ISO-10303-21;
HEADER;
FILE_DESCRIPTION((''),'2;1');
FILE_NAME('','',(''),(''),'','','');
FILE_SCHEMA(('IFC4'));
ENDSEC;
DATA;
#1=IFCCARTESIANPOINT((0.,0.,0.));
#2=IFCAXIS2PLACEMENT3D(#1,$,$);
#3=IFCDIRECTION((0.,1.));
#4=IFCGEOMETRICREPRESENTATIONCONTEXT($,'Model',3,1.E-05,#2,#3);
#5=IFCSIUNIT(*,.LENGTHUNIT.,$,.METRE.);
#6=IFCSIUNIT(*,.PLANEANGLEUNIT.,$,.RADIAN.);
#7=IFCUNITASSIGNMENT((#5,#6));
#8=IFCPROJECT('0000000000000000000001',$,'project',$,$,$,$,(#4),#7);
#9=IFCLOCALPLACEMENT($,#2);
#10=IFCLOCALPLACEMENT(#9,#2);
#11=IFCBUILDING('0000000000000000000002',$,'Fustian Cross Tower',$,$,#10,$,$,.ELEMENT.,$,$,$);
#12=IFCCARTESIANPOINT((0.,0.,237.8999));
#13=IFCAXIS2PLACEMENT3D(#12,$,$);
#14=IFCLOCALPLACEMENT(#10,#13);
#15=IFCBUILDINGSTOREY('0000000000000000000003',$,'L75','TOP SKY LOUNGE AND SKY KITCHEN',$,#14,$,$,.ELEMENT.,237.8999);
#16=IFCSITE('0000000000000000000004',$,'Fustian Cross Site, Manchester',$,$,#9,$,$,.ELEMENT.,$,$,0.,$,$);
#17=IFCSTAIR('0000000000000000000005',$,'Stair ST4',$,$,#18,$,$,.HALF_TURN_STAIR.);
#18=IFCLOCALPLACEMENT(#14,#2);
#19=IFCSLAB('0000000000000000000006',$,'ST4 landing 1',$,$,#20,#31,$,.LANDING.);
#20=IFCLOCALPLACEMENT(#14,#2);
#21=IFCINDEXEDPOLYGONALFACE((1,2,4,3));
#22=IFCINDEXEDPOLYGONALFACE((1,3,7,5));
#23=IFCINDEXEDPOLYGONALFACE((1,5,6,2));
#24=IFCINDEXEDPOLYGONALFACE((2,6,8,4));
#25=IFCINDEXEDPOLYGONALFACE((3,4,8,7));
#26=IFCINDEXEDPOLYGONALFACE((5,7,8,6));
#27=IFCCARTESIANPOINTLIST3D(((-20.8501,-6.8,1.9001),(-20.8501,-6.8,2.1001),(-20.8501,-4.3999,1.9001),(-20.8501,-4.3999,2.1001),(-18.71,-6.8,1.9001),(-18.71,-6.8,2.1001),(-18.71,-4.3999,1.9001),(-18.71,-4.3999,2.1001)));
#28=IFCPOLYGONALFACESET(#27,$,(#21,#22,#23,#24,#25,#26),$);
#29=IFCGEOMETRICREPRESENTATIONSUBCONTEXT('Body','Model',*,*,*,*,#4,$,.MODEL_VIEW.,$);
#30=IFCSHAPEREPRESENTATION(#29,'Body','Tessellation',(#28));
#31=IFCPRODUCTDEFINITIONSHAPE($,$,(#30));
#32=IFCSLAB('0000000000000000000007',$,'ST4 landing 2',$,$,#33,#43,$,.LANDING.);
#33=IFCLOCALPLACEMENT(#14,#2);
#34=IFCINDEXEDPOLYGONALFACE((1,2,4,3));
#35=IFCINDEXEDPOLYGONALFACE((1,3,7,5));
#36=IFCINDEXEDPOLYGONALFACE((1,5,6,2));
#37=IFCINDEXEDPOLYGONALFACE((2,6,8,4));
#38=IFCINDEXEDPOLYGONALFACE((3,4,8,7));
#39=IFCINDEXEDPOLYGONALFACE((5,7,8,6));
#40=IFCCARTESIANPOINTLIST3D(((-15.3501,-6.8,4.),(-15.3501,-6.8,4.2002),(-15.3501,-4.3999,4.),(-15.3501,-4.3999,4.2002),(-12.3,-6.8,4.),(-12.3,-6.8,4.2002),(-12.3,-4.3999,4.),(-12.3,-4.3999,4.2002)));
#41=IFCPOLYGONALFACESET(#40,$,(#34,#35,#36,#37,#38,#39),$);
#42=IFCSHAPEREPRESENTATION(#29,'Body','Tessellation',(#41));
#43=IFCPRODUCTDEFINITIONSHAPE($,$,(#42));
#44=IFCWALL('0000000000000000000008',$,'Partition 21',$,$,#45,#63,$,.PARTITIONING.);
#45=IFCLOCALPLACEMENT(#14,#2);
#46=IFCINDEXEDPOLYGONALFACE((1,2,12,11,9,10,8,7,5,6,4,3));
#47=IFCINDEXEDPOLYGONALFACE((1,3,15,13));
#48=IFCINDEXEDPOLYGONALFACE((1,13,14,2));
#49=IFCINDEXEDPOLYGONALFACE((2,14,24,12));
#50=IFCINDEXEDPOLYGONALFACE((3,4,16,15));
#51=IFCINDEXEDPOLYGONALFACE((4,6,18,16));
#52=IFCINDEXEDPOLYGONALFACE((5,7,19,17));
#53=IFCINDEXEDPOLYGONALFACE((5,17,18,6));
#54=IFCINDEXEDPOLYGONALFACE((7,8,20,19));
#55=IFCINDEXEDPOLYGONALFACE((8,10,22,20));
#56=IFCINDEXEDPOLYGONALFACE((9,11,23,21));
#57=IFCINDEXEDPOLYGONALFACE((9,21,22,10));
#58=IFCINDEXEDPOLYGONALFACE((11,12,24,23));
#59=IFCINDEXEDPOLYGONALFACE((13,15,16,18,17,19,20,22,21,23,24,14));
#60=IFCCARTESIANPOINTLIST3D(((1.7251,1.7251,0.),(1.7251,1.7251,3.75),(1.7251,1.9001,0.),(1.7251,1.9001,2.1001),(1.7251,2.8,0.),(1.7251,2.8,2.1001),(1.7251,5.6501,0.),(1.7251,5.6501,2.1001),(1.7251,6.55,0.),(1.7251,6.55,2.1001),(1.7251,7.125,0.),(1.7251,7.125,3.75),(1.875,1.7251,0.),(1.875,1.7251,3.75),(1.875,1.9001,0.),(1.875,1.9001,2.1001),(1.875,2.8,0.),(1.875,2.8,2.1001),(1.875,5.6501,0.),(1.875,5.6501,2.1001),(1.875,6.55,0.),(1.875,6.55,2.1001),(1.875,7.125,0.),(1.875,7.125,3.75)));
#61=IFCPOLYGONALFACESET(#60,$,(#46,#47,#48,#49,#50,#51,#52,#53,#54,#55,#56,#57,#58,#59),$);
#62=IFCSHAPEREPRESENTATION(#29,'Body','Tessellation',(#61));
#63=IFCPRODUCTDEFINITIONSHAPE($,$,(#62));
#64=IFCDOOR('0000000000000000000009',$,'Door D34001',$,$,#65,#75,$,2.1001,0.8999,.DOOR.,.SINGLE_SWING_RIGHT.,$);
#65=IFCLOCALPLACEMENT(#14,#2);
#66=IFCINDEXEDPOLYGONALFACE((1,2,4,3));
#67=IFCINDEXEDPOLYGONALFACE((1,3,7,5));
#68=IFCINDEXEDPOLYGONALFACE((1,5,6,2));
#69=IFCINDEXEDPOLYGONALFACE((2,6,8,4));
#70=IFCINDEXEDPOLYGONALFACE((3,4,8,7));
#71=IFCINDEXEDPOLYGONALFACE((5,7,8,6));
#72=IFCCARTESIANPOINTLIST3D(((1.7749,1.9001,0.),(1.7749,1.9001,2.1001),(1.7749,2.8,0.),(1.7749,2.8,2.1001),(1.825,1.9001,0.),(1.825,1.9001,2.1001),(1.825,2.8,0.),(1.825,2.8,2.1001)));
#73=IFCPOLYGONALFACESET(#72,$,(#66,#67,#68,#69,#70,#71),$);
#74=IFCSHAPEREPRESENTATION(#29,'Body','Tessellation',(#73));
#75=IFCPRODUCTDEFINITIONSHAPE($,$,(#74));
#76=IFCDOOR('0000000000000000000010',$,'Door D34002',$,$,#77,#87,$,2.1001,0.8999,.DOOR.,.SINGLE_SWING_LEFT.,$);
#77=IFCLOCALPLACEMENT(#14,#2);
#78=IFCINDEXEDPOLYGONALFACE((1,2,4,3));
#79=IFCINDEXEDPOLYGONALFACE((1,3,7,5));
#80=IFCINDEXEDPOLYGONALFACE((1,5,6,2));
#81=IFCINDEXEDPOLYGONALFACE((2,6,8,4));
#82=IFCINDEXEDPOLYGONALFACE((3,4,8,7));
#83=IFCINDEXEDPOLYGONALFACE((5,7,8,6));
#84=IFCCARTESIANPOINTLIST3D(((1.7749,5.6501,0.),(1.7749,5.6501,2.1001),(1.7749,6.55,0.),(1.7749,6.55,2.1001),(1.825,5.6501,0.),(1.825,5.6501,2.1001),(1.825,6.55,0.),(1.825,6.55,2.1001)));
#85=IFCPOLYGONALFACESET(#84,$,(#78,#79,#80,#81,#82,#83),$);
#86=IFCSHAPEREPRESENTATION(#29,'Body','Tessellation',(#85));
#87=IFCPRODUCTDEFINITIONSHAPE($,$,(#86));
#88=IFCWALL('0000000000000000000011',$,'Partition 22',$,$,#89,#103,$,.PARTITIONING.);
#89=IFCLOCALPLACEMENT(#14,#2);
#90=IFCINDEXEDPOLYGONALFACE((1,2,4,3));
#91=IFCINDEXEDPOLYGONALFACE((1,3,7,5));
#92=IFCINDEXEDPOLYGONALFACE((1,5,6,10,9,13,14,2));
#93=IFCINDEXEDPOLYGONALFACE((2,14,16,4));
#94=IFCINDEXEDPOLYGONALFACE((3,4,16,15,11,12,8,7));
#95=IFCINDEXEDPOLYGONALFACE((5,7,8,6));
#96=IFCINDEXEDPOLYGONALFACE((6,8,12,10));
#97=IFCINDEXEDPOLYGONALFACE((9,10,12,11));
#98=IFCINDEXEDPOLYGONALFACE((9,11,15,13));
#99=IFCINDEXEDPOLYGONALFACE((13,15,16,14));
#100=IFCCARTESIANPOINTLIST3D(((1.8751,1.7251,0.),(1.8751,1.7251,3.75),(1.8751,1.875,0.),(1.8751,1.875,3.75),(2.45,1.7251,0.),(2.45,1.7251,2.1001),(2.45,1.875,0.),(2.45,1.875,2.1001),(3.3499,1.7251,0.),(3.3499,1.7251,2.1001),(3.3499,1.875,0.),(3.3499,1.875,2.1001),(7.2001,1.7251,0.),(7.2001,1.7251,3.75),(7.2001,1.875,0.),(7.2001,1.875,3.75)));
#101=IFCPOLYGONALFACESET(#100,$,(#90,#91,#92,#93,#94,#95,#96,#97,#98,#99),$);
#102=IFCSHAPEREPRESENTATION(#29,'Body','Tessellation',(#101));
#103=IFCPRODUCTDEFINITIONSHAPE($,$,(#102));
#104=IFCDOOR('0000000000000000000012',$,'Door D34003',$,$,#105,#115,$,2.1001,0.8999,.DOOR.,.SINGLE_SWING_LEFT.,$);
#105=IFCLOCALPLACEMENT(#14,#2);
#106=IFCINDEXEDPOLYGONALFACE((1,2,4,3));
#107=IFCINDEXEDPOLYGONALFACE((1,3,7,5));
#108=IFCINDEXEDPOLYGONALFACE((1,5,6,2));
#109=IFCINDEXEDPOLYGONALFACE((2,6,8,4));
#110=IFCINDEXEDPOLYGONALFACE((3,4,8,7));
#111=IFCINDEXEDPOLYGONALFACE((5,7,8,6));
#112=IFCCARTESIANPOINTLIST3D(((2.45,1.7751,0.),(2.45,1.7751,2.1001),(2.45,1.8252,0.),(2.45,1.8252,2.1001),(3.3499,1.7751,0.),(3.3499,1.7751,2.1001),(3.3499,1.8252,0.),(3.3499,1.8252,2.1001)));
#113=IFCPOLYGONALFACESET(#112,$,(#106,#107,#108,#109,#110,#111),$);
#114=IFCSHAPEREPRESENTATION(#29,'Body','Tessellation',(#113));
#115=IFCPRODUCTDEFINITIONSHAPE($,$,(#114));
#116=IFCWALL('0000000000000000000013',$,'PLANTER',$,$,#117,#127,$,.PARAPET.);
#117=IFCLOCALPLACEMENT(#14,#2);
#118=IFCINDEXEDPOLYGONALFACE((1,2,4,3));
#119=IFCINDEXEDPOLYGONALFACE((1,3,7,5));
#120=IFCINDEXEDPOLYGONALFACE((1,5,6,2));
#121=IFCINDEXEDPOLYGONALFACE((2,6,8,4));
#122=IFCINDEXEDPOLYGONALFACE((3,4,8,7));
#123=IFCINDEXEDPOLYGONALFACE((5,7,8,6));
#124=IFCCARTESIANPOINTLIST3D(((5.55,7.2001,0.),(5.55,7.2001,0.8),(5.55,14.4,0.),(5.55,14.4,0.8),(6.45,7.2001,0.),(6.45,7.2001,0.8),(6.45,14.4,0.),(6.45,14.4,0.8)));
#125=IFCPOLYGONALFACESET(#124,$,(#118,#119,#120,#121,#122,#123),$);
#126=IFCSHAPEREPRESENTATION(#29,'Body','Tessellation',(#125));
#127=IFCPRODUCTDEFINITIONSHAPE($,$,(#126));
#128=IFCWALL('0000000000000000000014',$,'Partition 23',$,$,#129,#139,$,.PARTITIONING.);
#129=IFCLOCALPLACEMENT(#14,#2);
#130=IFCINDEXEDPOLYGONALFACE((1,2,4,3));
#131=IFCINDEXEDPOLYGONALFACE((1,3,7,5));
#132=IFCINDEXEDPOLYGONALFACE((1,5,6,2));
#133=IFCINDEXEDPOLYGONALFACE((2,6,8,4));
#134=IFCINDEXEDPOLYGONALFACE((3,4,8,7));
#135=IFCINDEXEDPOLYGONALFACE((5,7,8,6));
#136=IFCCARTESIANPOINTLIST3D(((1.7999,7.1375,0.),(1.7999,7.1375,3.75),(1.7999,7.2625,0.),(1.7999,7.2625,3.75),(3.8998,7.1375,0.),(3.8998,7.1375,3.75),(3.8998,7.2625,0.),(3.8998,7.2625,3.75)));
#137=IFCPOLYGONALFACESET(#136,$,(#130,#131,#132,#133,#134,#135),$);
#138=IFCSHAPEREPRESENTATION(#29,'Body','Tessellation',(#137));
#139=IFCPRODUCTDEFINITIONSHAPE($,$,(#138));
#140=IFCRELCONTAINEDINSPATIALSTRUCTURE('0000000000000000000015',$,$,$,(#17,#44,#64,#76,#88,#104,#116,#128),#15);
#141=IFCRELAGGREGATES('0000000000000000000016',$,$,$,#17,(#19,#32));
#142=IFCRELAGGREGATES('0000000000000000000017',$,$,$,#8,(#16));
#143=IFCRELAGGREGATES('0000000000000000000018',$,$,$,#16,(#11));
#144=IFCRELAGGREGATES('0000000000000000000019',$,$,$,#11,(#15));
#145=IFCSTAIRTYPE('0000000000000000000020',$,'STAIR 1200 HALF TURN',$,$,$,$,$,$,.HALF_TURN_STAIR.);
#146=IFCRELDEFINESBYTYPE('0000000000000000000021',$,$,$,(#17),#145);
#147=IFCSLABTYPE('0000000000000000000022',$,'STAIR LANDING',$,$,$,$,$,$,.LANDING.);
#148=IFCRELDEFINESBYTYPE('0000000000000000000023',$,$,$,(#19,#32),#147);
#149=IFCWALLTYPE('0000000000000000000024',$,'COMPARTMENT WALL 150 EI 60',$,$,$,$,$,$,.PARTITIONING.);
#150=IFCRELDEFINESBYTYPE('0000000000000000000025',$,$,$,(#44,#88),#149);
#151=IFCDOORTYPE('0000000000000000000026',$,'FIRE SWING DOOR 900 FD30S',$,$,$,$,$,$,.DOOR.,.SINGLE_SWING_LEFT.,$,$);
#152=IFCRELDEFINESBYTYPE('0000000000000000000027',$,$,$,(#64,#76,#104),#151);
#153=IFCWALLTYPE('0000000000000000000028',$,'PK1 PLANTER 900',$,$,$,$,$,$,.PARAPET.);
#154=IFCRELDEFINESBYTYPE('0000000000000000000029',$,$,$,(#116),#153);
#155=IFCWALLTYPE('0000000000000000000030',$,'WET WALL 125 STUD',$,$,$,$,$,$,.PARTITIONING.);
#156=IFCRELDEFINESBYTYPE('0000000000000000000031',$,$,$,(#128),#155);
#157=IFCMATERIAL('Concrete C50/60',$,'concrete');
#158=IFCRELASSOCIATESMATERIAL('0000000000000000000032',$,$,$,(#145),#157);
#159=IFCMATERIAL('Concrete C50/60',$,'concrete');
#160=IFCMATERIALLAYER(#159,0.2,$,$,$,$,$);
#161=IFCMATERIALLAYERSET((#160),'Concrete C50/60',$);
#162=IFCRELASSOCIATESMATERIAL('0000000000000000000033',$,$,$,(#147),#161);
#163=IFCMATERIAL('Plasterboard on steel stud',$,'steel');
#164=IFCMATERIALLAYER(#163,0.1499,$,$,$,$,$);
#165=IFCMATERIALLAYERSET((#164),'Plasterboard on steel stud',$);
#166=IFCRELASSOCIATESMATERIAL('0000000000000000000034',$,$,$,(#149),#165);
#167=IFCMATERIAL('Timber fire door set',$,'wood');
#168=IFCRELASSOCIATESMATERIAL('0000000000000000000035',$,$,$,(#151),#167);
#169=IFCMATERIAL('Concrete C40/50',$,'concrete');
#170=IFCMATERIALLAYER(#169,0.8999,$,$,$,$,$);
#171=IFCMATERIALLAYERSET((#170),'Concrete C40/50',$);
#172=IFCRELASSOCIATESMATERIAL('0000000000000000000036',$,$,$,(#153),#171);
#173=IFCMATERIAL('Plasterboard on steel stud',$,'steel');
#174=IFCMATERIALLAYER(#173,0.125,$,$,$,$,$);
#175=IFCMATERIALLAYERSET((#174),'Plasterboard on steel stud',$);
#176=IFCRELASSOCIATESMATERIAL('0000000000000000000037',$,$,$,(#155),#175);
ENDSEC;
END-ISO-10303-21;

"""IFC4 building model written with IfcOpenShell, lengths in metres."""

from ifc_helpers import new_model, si_unit, direction, frame, frame_2d, origin, place, context, subcontext, project, spatial, polyline, rectangle, outline, extrude, material, layer, layer_set, type_object, element, fill, aggregate, save


model = new_model("IFC4")

# Units and contexts
model_context = context("Model", 3, precision=1e-05, world=origin(), true_north=direction((0.0, 1.0)))
body_context = subcontext(model_context, "Body", "Model", "MODEL_VIEW")
ifc_project = project(units=[si_unit("LENGTHUNIT", "METRE"), si_unit("PLANEANGLEUNIT", "RADIAN")], contexts=[model_context])

# Site, building, storey
site_placement = place(None, origin())
site = spatial("IfcSite", under=ifc_project, at=site_placement, Name="Fustian Cross Site, Manchester", CompositionType="ELEMENT", RefElevation=0.0)
building_placement = place(site_placement, origin())
building = spatial("IfcBuilding", under=site, at=building_placement, Name="Fustian Cross Tower", CompositionType="ELEMENT")
storey_placement = place(building_placement, frame((0.0, 0.0, 237.8999)))
storey = spatial("IfcBuildingStorey", under=building, at=storey_placement, Name="L75", Description="TOP SKY LOUNGE AND SKY KITCHEN", CompositionType="ELEMENT", Elevation=237.8999)

# Shared definitions
ifc_material_1 = material(Name="Concrete C50/60", Category="concrete")
stair_type = type_object("IfcStairType", Name="STAIR 1200 HALF TURN", PredefinedType="HALF_TURN_STAIR", material=ifc_material_1)
ifc_material_2 = material(Name="Concrete C50/60", Category="concrete")
ifc_layer_1 = layer(ifc_material_2, 0.2)
ifc_layer_set_1 = layer_set([ifc_layer_1], Name="Concrete C50/60")
slab_type = type_object("IfcSlabType", Name="STAIR LANDING", PredefinedType="LANDING", material=ifc_layer_set_1)

# Stair, slabs
stair_1_placement = place(storey_placement, origin())
stair_1 = element("IfcStair", 1, at=stair_1_placement, inside=storey, type_object=stair_type, Name="Stair ST4", PredefinedType="HALF_TURN_STAIR")
slab_1_placement = place(storey_placement, frame((0.0, 0.0, 1.9001)))
slab_1 = element("IfcSlab", 2, at=slab_1_placement, type_object=slab_type, Name="ST4 landing 1", PredefinedType="LANDING", context=body_context, shape_type="SweptSolid", body=[
    extrude(outline(polyline([(-18.71, -4.3999), (-20.8501, -4.3999), (-20.8501, -6.8), (-18.71, -6.8), (-18.71, -4.3999)])), origin(), (0.0, 0.0, 1.0), 0.2),
])
slab_2_placement = place(storey_placement, frame((0.0, 0.0, 4.0)))
slab_2 = element("IfcSlab", 3, at=slab_2_placement, type_object=slab_type, Name="ST4 landing 2", PredefinedType="LANDING", context=body_context, shape_type="SweptSolid", body=[
    extrude(outline(polyline([(-12.3, -4.3999), (-15.3501, -4.3999), (-15.3501, -6.8), (-12.3, -6.8), (-12.3, -4.3999)])), origin(), (0.0, 0.0, 1.0), 0.2002),
])
aggregate(stair_1, [slab_1, slab_2])

# Wall, openings, doors
ifc_material_3 = material(Name="Plasterboard on steel stud", Category="steel")
ifc_layer_2 = layer(ifc_material_3, 0.1499)
ifc_layer_set_2 = layer_set([ifc_layer_2], Name="Plasterboard on steel stud")
wall_type_1 = type_object("IfcWallType", Name="COMPARTMENT WALL 150 EI 60", PredefinedType="PARTITIONING", material=ifc_layer_set_2)
wall_1_placement = place(storey_placement, frame((1.8, 1.7251, 0.0), z_axis=(0.0, 0.0, 1.0), x_axis=(0.0, 1.0, 0.0)))
wall_1 = element("IfcWall", 4, at=wall_1_placement, inside=storey, type_object=wall_type_1, Name="Partition 21", PredefinedType="PARTITIONING", context=body_context, shape_type="SweptSolid", body=[
    extrude(rectangle(XDim=5.3999, YDim=0.1499, at=frame_2d((2.7, 0.0))), origin(), (0.0, 0.0, 1.0), 3.75),
])
opening_1_placement = place(wall_1_placement, frame((0.175, 0.0, 0.0)))
opening_1 = element("IfcOpeningElement", 5, at=opening_1_placement, cuts=wall_1, PredefinedType="OPENING", context=body_context, shape_type="SweptSolid", body=[
    extrude(rectangle(XDim=0.8999, YDim=2.1001, at=frame_2d((0.45, 1.05))), frame((0.0, 0.085, 0.0), z_axis=(0.0, -1.0, 0.0), x_axis=(1.0, 0.0, 0.0)), (0.0, 0.0, 1.0), 0.1699),
])
opening_2_placement = place(wall_1_placement, frame((3.925, 0.0, 0.0)))
opening_2 = element("IfcOpeningElement", 6, at=opening_2_placement, cuts=wall_1, PredefinedType="OPENING", context=body_context, shape_type="SweptSolid", body=[
    extrude(rectangle(XDim=0.8999, YDim=2.1001, at=frame_2d((0.45, 1.05))), frame((0.0, 0.085, 0.0), z_axis=(0.0, -1.0, 0.0), x_axis=(1.0, 0.0, 0.0)), (0.0, 0.0, 1.0), 0.1699),
])
ifc_material_4 = material(Name="Timber fire door set", Category="wood")
door_type_1 = type_object("IfcDoorType", Name="FIRE SWING DOOR 900 FD30S", OperationType="SINGLE_SWING_LEFT", PredefinedType="DOOR", material=ifc_material_4)
door_1_placement = place(opening_1_placement, frame((0.8999, 0.0, 0.0), z_axis=(0.0, 0.0, 1.0), x_axis=(-1.0, 0.0, 0.0)))
door_1 = element("IfcDoor", 7, at=door_1_placement, inside=storey, type_object=door_type_1, Name="Door D34001", OperationType="SINGLE_SWING_RIGHT", OverallHeight=2.1001, OverallWidth=0.8999, PredefinedType="DOOR", context=body_context, shape_type="SweptSolid", body=[
    extrude(rectangle(XDim=0.8999, YDim=2.1001, at=frame_2d((0.45, 1.05))), frame((0.0, 0.0249, 0.0), z_axis=(0.0, -1.0, 0.0), x_axis=(1.0, 0.0, 0.0)), (0.0, 0.0, 1.0), 0.05),
])
fill(opening_1, door_1)
door_2_placement = place(opening_2_placement, frame((0.8999, 0.0, 0.0), z_axis=(0.0, 0.0, 1.0), x_axis=(-1.0, 0.0, 0.0)))
door_2 = element("IfcDoor", 8, at=door_2_placement, inside=storey, type_object=door_type_1, Name="Door D34002", OperationType="SINGLE_SWING_LEFT", OverallHeight=2.1001, OverallWidth=0.8999, PredefinedType="DOOR", context=body_context, shape_type="SweptSolid", body=[
    extrude(rectangle(XDim=0.8999, YDim=2.1001, at=frame_2d((0.45, 1.05))), frame((0.0, 0.0249, 0.0), z_axis=(0.0, -1.0, 0.0), x_axis=(1.0, 0.0, 0.0)), (0.0, 0.0, 1.0), 0.05),
])
fill(opening_2, door_2)

# Wall, opening, door
wall_2_placement = place(storey_placement, frame((1.875, 1.8, 0.0), z_axis=(0.0, 0.0, 1.0), x_axis=(1.0, 0.0, 0.0)))
wall_2 = element("IfcWall", 9, at=wall_2_placement, inside=storey, type_object=wall_type_1, Name="Partition 22", PredefinedType="PARTITIONING", context=body_context, shape_type="SweptSolid", body=[
    extrude(rectangle(XDim=5.325, YDim=0.1499, at=frame_2d((2.6626, 0.0))), origin(), (0.0, 0.0, 1.0), 3.75),
])
opening_3_placement = place(wall_2_placement, frame((0.575, 0.0, 0.0)))
opening_3 = element("IfcOpeningElement", 10, at=opening_3_placement, cuts=wall_2, PredefinedType="OPENING", context=body_context, shape_type="SweptSolid", body=[
    extrude(rectangle(XDim=0.8999, YDim=2.1001, at=frame_2d((0.45, 1.05))), frame((0.0, 0.085, 0.0), z_axis=(0.0, -1.0, 0.0), x_axis=(1.0, 0.0, 0.0)), (0.0, 0.0, 1.0), 0.1699),
])
door_3_placement = place(opening_3_placement, frame((0.8999, 0.0, 0.0), z_axis=(0.0, 0.0, 1.0), x_axis=(-1.0, 0.0, 0.0)))
door_3 = element("IfcDoor", 11, at=door_3_placement, inside=storey, type_object=door_type_1, Name="Door D34003", OperationType="SINGLE_SWING_LEFT", OverallHeight=2.1001, OverallWidth=0.8999, PredefinedType="DOOR", context=body_context, shape_type="SweptSolid", body=[
    extrude(rectangle(XDim=0.8999, YDim=2.1001, at=frame_2d((0.45, 1.05))), frame((0.0, 0.0249, 0.0), z_axis=(0.0, -1.0, 0.0), x_axis=(1.0, 0.0, 0.0)), (0.0, 0.0, 1.0), 0.05),
])
fill(opening_3, door_3)

# Walls
ifc_material_5 = material(Name="Concrete C40/50", Category="concrete")
ifc_layer_3 = layer(ifc_material_5, 0.8999)
ifc_layer_set_3 = layer_set([ifc_layer_3], Name="Concrete C40/50")
wall_type_2 = type_object("IfcWallType", Name="PK1 PLANTER 900", PredefinedType="PARAPET", material=ifc_layer_set_3)
wall_3_placement = place(storey_placement, frame((6.0, 7.2, 0.0), z_axis=(0.0, 0.0, 1.0), x_axis=(0.0, 1.0, 0.0)))
element("IfcWall", 12, at=wall_3_placement, inside=storey, type_object=wall_type_2, Name="PLANTER", PredefinedType="PARAPET", context=body_context, shape_type="SweptSolid", body=[
    extrude(rectangle(XDim=7.2, YDim=0.8999, at=frame_2d((3.6001, 0.0))), origin(), (0.0, 0.0, 1.0), 0.8),
])
ifc_material_6 = material(Name="Plasterboard on steel stud", Category="steel")
ifc_layer_4 = layer(ifc_material_6, 0.125)
ifc_layer_set_4 = layer_set([ifc_layer_4], Name="Plasterboard on steel stud")
wall_type_3 = type_object("IfcWallType", Name="WET WALL 125 STUD", PredefinedType="PARTITIONING", material=ifc_layer_set_4)
wall_4_placement = place(storey_placement, frame((1.8, 7.2, 0.0), z_axis=(0.0, 0.0, 1.0), x_axis=(1.0, 0.0, 0.0)))
element("IfcWall", 13, at=wall_4_placement, inside=storey, type_object=wall_type_3, Name="Partition 23", PredefinedType="PARTITIONING", context=body_context, shape_type="SweptSolid", body=[
    extrude(rectangle(XDim=2.0999, YDim=0.125, at=frame_2d((1.0498, 0.0))), origin(), (0.0, 0.0, 1.0), 3.75),
])

save(model, "model.ifc")
